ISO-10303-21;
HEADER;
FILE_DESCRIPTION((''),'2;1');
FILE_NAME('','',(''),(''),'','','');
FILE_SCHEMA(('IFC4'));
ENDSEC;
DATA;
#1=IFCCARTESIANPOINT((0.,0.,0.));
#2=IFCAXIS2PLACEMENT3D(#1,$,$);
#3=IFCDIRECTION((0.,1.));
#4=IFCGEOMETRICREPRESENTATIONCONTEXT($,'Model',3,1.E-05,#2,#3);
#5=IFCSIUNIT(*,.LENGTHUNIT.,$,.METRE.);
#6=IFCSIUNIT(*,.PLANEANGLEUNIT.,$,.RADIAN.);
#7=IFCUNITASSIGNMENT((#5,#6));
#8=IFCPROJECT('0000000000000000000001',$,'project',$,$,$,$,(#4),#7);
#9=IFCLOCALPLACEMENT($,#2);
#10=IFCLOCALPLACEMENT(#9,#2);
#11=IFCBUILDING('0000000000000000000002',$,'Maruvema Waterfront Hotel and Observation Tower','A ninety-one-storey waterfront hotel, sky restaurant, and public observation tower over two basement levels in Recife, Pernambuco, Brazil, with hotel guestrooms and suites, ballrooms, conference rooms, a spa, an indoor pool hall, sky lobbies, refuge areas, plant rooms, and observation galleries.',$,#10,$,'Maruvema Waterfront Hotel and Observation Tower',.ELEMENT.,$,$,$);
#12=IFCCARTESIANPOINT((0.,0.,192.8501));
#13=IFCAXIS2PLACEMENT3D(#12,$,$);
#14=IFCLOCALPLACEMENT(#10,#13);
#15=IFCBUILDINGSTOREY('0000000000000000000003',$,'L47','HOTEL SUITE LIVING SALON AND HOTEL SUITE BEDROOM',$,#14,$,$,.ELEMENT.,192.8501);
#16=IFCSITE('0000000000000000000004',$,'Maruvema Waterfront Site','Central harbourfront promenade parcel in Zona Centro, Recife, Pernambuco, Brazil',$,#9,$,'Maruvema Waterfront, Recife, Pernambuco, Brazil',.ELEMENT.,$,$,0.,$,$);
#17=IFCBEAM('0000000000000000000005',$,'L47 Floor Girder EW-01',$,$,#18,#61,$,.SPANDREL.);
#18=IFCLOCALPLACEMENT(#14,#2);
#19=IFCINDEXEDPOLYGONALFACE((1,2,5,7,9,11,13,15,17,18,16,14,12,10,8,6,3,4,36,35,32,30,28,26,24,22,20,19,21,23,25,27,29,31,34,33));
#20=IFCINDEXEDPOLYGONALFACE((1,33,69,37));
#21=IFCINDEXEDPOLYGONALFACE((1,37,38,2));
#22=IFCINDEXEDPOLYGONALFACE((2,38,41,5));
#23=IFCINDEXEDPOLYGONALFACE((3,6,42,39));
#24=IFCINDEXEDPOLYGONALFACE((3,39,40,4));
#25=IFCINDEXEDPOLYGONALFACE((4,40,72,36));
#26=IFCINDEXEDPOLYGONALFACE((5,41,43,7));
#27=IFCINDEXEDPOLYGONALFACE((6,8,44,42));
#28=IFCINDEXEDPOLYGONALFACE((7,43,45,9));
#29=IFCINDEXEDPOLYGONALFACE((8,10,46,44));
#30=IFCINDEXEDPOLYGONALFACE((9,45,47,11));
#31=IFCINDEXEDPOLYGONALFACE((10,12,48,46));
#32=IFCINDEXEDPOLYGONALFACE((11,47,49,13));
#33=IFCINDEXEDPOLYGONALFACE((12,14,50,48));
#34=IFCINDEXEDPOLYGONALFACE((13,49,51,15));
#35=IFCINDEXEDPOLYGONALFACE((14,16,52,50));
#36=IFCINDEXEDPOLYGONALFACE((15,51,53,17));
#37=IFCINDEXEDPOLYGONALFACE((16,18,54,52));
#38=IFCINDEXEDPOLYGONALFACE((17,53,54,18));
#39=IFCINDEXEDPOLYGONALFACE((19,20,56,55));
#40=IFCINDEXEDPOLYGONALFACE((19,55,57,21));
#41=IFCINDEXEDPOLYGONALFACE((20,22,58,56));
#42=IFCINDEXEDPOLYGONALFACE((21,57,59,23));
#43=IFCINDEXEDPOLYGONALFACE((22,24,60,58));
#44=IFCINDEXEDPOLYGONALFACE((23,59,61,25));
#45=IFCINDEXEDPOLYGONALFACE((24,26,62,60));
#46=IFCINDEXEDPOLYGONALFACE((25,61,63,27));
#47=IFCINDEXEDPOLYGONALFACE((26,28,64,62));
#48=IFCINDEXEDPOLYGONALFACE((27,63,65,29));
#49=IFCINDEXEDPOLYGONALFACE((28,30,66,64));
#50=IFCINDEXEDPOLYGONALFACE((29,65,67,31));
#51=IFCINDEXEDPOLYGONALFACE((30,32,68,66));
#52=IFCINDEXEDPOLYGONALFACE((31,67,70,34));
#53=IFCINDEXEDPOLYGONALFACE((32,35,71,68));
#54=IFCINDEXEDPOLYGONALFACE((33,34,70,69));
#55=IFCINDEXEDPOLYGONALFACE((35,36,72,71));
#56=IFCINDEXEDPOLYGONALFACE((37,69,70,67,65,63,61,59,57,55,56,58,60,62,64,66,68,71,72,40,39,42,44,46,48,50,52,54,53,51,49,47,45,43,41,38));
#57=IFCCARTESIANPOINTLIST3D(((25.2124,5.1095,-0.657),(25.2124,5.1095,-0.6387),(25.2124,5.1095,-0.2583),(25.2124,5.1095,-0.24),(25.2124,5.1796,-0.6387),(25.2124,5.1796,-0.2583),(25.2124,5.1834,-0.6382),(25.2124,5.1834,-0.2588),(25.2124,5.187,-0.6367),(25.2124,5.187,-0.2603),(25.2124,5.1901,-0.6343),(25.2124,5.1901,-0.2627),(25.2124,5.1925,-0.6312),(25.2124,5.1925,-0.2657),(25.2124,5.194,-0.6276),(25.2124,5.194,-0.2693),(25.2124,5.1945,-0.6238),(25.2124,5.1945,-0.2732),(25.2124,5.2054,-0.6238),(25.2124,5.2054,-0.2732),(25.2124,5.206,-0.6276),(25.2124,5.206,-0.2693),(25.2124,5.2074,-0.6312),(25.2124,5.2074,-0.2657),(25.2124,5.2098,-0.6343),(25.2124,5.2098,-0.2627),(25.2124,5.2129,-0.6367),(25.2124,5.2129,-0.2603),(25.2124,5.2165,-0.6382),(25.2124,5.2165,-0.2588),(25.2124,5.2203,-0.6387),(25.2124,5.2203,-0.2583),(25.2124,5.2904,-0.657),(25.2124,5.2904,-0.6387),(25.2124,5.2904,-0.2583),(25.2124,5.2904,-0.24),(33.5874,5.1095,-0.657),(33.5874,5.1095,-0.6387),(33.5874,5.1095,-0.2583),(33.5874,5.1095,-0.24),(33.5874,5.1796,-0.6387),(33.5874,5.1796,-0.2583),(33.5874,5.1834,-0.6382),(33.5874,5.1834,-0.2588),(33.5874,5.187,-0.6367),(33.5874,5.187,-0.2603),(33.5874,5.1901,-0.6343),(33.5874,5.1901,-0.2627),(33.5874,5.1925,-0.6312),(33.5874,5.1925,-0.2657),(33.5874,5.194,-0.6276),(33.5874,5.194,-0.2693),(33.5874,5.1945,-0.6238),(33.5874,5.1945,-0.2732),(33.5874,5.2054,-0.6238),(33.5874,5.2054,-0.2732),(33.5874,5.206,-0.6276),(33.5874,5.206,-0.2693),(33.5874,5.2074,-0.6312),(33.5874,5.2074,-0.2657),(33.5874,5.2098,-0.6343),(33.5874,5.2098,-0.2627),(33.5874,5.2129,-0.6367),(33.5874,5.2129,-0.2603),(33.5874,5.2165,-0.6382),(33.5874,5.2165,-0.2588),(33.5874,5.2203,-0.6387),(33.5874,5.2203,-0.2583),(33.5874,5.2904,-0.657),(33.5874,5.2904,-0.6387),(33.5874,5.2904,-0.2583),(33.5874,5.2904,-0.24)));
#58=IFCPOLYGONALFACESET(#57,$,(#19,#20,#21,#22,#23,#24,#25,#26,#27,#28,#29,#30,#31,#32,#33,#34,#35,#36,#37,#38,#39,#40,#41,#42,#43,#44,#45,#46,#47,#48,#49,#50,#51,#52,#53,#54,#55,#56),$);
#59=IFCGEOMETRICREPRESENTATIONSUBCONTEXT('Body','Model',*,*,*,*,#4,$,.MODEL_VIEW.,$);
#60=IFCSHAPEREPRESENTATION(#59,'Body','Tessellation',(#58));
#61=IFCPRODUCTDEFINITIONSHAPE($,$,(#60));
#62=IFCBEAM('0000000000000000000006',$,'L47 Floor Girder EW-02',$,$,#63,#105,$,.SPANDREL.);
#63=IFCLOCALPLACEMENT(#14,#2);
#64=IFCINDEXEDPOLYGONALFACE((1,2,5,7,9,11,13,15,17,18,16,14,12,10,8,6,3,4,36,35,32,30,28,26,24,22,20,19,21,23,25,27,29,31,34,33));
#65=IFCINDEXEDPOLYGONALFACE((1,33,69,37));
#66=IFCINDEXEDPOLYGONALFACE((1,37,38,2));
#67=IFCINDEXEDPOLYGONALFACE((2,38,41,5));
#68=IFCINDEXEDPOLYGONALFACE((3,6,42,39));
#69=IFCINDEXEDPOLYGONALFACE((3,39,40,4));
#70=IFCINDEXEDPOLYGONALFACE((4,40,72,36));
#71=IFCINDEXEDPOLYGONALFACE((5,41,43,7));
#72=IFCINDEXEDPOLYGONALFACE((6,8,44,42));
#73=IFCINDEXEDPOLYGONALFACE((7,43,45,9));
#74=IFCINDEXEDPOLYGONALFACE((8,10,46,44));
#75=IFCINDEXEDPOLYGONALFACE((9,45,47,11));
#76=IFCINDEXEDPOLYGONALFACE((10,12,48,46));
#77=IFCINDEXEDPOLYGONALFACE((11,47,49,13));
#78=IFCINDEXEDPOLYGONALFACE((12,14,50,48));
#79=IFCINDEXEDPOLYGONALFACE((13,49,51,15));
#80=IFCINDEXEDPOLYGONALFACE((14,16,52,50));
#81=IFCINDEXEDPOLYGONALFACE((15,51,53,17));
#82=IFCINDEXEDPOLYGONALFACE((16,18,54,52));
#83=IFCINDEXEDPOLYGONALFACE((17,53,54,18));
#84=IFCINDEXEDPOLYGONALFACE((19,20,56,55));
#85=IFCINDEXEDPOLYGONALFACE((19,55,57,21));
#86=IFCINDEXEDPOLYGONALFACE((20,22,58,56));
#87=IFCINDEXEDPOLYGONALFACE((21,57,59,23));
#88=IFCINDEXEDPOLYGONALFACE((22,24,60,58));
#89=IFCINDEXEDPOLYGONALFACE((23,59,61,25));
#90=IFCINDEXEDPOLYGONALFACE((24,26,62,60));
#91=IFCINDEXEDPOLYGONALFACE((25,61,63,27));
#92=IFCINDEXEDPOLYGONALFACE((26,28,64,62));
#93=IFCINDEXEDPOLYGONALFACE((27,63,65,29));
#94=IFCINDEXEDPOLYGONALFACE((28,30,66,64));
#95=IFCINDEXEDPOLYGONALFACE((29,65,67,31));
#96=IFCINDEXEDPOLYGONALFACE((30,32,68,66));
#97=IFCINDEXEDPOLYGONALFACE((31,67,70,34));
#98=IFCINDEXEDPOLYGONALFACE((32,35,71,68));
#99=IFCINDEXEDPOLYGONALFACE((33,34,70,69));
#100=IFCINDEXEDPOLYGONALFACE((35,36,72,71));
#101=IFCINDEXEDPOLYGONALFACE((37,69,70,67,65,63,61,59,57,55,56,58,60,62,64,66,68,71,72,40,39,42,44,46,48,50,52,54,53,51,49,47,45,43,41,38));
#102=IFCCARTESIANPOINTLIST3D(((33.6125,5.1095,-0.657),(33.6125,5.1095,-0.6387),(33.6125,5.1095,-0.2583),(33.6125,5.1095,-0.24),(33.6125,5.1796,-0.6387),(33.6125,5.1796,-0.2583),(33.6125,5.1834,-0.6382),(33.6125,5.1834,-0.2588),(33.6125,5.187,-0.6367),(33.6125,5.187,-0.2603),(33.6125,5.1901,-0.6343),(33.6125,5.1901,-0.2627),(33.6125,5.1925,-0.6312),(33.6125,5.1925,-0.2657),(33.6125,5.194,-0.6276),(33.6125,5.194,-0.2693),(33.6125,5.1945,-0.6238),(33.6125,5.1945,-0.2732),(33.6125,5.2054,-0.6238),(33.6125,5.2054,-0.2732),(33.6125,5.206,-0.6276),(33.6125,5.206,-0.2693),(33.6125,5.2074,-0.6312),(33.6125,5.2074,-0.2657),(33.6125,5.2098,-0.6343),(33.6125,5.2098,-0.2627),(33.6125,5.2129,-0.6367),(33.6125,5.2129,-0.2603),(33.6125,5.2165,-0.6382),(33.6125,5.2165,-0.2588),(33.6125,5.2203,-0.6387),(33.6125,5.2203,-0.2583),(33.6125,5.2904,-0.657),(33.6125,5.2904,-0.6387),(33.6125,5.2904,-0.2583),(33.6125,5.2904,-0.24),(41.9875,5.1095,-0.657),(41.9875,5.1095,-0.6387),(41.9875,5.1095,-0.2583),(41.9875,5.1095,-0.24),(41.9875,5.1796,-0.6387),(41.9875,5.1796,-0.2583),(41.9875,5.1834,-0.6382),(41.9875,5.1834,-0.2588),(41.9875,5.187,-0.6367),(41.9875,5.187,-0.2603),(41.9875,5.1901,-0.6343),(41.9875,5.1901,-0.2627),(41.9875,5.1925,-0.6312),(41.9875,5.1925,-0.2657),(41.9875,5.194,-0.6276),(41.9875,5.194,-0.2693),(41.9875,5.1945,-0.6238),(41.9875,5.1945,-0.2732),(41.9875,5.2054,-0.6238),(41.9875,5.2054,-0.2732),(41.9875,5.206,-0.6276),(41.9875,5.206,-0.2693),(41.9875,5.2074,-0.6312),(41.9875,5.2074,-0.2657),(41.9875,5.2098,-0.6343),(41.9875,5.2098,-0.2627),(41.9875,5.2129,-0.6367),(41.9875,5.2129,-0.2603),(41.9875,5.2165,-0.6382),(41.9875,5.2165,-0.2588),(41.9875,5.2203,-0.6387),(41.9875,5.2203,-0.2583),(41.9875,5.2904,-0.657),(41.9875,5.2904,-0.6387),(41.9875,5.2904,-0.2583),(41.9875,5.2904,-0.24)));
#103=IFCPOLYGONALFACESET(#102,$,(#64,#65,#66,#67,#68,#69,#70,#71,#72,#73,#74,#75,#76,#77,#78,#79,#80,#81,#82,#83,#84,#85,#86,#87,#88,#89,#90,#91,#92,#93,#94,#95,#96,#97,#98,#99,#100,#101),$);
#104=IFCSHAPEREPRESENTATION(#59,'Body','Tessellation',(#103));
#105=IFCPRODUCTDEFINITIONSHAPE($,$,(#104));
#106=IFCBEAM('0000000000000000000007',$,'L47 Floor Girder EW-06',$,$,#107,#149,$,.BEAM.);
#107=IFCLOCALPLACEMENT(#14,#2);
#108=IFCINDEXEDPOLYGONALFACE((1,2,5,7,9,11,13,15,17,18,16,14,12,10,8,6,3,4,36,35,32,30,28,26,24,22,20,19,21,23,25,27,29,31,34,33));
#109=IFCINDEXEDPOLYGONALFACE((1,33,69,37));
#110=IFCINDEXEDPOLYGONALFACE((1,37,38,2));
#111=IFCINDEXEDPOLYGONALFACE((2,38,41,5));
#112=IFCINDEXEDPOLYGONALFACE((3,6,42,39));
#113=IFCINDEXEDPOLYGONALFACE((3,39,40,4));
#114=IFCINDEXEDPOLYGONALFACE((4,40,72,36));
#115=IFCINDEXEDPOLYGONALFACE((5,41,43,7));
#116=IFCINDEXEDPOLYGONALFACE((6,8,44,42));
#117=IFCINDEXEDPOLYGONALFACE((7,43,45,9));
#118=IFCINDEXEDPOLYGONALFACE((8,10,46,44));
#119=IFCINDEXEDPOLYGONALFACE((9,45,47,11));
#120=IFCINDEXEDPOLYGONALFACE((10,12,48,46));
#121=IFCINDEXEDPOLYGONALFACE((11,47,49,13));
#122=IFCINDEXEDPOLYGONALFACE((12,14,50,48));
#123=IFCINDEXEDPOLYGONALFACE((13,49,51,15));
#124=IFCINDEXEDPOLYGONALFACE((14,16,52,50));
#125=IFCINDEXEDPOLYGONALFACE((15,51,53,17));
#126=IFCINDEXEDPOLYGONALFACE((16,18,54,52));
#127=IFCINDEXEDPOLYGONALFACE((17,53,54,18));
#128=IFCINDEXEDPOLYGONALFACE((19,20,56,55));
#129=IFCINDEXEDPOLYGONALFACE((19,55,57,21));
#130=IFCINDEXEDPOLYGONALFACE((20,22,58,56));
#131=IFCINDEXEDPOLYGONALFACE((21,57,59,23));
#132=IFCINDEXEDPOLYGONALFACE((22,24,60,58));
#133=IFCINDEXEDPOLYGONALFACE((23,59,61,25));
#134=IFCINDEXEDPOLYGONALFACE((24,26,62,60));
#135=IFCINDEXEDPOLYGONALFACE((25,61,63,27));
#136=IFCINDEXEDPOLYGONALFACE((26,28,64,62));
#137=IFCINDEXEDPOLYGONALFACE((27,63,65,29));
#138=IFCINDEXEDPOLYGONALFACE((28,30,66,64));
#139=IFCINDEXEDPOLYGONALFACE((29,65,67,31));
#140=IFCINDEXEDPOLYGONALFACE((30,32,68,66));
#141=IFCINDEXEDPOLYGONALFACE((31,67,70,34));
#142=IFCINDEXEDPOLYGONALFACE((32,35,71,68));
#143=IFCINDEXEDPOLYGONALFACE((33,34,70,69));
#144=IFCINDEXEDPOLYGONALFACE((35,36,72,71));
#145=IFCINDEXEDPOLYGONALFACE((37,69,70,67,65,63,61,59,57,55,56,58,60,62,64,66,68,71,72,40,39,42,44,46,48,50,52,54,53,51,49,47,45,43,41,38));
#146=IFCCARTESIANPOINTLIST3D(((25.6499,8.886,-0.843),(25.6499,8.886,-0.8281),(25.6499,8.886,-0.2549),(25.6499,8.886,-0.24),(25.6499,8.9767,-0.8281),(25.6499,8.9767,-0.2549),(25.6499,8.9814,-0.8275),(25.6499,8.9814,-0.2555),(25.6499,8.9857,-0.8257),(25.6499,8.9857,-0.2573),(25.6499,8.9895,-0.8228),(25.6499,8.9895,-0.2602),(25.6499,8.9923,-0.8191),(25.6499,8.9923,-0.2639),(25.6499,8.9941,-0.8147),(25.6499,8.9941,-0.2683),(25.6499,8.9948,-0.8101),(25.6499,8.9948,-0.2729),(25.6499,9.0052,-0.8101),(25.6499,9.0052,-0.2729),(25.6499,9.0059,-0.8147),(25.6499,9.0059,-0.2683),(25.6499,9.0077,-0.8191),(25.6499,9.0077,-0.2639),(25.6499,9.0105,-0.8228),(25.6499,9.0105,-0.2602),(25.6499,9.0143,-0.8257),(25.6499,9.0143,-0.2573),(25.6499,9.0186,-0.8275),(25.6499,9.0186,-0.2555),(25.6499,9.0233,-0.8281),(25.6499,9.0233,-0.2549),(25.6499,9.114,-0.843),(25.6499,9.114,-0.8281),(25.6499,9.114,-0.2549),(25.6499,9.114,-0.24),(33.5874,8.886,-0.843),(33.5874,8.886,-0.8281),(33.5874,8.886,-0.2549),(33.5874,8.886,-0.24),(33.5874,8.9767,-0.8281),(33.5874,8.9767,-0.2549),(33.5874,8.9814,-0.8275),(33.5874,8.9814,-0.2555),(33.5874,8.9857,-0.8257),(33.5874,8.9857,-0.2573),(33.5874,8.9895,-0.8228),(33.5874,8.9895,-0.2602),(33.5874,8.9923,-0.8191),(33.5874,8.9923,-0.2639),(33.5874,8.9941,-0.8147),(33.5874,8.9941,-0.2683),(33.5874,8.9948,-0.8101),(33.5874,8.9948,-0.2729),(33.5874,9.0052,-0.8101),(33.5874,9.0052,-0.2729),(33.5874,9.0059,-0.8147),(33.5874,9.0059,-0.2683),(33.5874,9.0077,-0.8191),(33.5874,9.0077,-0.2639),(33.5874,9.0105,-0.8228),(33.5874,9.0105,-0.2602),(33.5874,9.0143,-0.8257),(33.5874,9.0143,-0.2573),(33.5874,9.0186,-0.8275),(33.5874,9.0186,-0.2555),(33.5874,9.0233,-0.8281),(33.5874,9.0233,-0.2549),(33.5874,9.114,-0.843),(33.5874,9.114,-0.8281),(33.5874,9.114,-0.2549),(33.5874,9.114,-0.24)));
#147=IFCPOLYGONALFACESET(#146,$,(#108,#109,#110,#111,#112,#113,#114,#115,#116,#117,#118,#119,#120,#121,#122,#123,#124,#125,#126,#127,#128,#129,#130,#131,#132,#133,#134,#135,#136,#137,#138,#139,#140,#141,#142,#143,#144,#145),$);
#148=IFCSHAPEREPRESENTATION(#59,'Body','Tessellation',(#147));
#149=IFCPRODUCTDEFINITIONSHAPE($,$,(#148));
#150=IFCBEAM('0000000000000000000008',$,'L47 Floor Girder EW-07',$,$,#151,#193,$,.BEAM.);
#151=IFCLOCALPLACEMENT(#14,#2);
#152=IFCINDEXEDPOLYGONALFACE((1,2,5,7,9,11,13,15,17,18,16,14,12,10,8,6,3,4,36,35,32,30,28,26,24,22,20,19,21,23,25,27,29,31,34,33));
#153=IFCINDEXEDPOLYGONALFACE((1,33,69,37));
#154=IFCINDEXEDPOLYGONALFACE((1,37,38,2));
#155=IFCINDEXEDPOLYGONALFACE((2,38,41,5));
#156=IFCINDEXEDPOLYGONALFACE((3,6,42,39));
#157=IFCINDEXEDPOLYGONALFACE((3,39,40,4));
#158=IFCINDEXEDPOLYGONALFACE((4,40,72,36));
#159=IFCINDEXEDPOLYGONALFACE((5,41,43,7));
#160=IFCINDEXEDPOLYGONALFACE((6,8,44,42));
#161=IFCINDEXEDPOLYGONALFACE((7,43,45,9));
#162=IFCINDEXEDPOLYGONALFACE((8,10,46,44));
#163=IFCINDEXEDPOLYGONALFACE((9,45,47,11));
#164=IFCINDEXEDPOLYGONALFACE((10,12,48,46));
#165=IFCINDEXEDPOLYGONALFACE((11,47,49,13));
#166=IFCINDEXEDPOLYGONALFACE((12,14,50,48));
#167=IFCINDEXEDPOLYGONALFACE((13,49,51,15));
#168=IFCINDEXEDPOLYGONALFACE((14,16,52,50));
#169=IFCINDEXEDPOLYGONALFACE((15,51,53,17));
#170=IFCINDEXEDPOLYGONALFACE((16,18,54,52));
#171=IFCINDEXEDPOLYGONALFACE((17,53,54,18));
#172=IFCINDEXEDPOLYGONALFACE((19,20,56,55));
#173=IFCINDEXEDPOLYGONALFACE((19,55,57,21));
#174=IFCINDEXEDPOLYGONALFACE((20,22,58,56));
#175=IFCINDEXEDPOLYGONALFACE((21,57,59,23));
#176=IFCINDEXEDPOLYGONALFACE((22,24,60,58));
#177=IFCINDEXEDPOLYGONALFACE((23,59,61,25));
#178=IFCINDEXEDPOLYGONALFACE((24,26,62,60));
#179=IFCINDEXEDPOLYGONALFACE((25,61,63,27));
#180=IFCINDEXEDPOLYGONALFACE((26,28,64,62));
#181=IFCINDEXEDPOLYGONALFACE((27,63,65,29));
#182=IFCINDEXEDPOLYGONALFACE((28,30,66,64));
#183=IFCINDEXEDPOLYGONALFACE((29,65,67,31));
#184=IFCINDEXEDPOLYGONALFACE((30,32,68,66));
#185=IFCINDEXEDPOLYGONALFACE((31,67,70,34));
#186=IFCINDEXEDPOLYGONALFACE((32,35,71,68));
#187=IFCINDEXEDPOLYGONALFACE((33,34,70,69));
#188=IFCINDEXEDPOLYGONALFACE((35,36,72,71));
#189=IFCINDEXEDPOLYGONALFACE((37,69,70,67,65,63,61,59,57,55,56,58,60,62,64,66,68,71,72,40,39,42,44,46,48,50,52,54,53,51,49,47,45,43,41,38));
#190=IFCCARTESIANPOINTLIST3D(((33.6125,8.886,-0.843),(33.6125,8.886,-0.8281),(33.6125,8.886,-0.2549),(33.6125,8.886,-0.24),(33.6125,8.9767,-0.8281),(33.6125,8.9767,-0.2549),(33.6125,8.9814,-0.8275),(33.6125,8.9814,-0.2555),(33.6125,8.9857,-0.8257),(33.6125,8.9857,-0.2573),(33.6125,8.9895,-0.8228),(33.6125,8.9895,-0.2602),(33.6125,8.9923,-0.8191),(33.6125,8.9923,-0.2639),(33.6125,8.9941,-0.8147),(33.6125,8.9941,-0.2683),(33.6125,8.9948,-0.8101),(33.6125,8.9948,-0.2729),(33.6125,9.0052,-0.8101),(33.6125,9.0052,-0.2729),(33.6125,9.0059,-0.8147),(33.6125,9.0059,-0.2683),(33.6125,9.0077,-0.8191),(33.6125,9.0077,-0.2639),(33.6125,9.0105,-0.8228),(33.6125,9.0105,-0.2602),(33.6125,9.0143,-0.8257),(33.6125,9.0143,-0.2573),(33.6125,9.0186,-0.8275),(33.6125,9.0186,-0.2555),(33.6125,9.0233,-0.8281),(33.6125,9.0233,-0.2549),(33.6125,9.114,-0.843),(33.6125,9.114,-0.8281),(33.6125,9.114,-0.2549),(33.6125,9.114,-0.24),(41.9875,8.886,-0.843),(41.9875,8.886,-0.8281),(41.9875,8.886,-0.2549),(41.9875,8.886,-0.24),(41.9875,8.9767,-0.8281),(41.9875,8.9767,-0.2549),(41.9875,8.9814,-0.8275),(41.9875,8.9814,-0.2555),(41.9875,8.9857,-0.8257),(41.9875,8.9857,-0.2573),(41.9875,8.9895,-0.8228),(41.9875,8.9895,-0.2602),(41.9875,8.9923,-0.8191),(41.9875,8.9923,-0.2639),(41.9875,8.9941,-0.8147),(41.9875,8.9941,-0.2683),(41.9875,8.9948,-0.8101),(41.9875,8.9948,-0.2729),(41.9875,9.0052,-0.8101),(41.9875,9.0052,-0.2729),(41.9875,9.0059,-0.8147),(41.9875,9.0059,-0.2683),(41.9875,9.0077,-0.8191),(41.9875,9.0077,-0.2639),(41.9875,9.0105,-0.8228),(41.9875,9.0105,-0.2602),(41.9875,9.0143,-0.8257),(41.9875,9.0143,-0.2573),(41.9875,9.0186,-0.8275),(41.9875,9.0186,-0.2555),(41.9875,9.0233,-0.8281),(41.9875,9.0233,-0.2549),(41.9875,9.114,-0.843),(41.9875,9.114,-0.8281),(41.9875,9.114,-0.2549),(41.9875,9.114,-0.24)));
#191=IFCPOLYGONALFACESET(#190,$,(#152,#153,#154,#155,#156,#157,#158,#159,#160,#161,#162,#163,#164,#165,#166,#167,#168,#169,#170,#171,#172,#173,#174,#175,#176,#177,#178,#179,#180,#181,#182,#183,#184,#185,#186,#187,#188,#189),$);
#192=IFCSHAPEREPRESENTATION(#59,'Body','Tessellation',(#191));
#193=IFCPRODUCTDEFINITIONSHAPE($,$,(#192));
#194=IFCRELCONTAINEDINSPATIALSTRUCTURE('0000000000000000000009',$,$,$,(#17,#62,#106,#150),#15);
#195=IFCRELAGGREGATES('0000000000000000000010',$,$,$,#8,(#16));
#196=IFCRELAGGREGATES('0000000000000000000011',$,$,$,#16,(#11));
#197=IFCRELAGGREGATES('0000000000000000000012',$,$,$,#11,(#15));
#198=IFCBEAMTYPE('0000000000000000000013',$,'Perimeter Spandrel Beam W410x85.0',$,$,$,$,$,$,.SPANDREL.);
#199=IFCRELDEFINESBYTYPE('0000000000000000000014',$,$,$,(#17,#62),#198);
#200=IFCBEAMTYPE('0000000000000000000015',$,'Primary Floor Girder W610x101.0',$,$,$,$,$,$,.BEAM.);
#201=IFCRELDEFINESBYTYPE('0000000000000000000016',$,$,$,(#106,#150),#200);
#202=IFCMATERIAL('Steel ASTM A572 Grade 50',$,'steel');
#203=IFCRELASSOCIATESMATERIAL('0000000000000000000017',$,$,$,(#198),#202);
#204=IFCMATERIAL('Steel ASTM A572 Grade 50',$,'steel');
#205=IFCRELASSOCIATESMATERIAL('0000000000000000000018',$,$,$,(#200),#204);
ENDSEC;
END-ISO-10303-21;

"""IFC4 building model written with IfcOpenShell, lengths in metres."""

from ifc_helpers import new_model, si_unit, direction, frame, origin, origin_2d, place, context, subcontext, project, spatial, i_section, extrude, material, material_profile, profile_set, type_object, element, save


model = new_model("IFC4")

# Units and contexts
model_context = context("Model", 3, precision=1e-05, world=origin(), true_north=direction((0.0, 1.0)))
body_context = subcontext(model_context, "Body", "Model", "MODEL_VIEW")
ifc_project = project(units=[si_unit("LENGTHUNIT", "METRE"), si_unit("PLANEANGLEUNIT", "RADIAN")], contexts=[model_context])

# Site, building, storey
site_placement = place(None, origin())
site = spatial("IfcSite", under=ifc_project, at=site_placement, Name="Maruvema Waterfront Site", Description="Central harbourfront promenade parcel in Zona Centro, Recife, Pernambuco, Brazil", LongName="Maruvema Waterfront, Recife, Pernambuco, Brazil", CompositionType="ELEMENT", RefElevation=0.0)
building_placement = place(site_placement, origin())
building = spatial("IfcBuilding", under=site, at=building_placement, Name="Maruvema Waterfront Hotel and Observation Tower", Description="A ninety-one-storey waterfront hotel, sky restaurant, and public observation tower over two basement levels in Recife, Pernambuco, Brazil, with hotel guestrooms and suites, ballrooms, conference rooms, a spa, an indoor pool hall, sky lobbies, refuge areas, plant rooms, and observation galleries.", LongName="Maruvema Waterfront Hotel and Observation Tower", CompositionType="ELEMENT")
storey_placement = place(building_placement, frame((0.0, 0.0, 192.8501)))
storey = spatial("IfcBuildingStorey", under=building, at=storey_placement, Name="L47", Description="HOTEL SUITE LIVING SALON AND HOTEL SUITE BEDROOM", CompositionType="ELEMENT", Elevation=192.8501)

# Beams
ifc_material_1 = material(Name="Steel ASTM A572 Grade 50", Category="steel")
ifc_material_profile_1 = material_profile(ifc_material_1, i_section(OverallWidth=0.1809, OverallDepth=0.417, WebThickness=0.011, FlangeThickness=0.0183, FilletRadius=0.0149, at=origin_2d()), Name="W410x85.0")
ifc_profile_set_1 = profile_set([ifc_material_profile_1], Name="Steel ASTM A572 Grade 50")
beam_type_1 = type_object("IfcBeamType", Name="Perimeter Spandrel Beam W410x85.0", PredefinedType="SPANDREL", material=ifc_profile_set_1)
for number, where, z_axis, x_axis, name in (
    (1, (25.2124, 5.2, -0.4485), (1.0, 0.0, 0.0), (0.0, 1.0, 0.0), "L47 Floor Girder EW-01"),
    (2, (33.6125, 5.2, -0.4485), (1.0, 0.0, 0.0), (0.0, 1.0, 0.0), "L47 Floor Girder EW-02"),
):
    element("IfcBeam", number, at=place(storey_placement, frame(where, z_axis=z_axis, x_axis=x_axis)), inside=storey, type_object=beam_type_1, Name=name, PredefinedType="SPANDREL", context=body_context, shape_type="SweptSolid", body=[
        extrude(i_section(OverallWidth=0.1809, OverallDepth=0.417, WebThickness=0.011, FlangeThickness=0.0183, FilletRadius=0.0149, at=origin_2d()), origin(), (0.0, 0.0, 1.0), 8.375),
    ])
ifc_material_2 = material(Name="Steel ASTM A572 Grade 50", Category="steel")
ifc_material_profile_2 = material_profile(ifc_material_2, i_section(OverallWidth=0.228, OverallDepth=0.603, WebThickness=0.0105, FlangeThickness=0.0149, FilletRadius=0.0181, at=origin_2d()), Name="W610x101.0")
ifc_profile_set_2 = profile_set([ifc_material_profile_2], Name="Steel ASTM A572 Grade 50")
beam_type_2 = type_object("IfcBeamType", Name="Primary Floor Girder W610x101.0", PredefinedType="BEAM", material=ifc_profile_set_2)
beam_1_placement = place(storey_placement, frame((25.6499, 9.0, -0.5415), z_axis=(1.0, 0.0, 0.0), x_axis=(0.0, 1.0, 0.0)))
element("IfcBeam", 3, at=beam_1_placement, inside=storey, type_object=beam_type_2, Name="L47 Floor Girder EW-06", PredefinedType="BEAM", context=body_context, shape_type="SweptSolid", body=[
    extrude(i_section(OverallWidth=0.228, OverallDepth=0.603, WebThickness=0.0105, FlangeThickness=0.0149, FilletRadius=0.0181, at=origin_2d()), origin(), (0.0, 0.0, 1.0), 7.9375),
])
beam_2_placement = place(storey_placement, frame((33.6125, 9.0, -0.5415), z_axis=(1.0, 0.0, 0.0), x_axis=(0.0, 1.0, 0.0)))
element("IfcBeam", 4, at=beam_2_placement, inside=storey, type_object=beam_type_2, Name="L47 Floor Girder EW-07", PredefinedType="BEAM", context=body_context, shape_type="SweptSolid", body=[
    extrude(i_section(OverallWidth=0.228, OverallDepth=0.603, WebThickness=0.0105, FlangeThickness=0.0149, FilletRadius=0.0181, at=origin_2d()), origin(), (0.0, 0.0, 1.0), 8.375),
])

save(model, "model.ifc")
